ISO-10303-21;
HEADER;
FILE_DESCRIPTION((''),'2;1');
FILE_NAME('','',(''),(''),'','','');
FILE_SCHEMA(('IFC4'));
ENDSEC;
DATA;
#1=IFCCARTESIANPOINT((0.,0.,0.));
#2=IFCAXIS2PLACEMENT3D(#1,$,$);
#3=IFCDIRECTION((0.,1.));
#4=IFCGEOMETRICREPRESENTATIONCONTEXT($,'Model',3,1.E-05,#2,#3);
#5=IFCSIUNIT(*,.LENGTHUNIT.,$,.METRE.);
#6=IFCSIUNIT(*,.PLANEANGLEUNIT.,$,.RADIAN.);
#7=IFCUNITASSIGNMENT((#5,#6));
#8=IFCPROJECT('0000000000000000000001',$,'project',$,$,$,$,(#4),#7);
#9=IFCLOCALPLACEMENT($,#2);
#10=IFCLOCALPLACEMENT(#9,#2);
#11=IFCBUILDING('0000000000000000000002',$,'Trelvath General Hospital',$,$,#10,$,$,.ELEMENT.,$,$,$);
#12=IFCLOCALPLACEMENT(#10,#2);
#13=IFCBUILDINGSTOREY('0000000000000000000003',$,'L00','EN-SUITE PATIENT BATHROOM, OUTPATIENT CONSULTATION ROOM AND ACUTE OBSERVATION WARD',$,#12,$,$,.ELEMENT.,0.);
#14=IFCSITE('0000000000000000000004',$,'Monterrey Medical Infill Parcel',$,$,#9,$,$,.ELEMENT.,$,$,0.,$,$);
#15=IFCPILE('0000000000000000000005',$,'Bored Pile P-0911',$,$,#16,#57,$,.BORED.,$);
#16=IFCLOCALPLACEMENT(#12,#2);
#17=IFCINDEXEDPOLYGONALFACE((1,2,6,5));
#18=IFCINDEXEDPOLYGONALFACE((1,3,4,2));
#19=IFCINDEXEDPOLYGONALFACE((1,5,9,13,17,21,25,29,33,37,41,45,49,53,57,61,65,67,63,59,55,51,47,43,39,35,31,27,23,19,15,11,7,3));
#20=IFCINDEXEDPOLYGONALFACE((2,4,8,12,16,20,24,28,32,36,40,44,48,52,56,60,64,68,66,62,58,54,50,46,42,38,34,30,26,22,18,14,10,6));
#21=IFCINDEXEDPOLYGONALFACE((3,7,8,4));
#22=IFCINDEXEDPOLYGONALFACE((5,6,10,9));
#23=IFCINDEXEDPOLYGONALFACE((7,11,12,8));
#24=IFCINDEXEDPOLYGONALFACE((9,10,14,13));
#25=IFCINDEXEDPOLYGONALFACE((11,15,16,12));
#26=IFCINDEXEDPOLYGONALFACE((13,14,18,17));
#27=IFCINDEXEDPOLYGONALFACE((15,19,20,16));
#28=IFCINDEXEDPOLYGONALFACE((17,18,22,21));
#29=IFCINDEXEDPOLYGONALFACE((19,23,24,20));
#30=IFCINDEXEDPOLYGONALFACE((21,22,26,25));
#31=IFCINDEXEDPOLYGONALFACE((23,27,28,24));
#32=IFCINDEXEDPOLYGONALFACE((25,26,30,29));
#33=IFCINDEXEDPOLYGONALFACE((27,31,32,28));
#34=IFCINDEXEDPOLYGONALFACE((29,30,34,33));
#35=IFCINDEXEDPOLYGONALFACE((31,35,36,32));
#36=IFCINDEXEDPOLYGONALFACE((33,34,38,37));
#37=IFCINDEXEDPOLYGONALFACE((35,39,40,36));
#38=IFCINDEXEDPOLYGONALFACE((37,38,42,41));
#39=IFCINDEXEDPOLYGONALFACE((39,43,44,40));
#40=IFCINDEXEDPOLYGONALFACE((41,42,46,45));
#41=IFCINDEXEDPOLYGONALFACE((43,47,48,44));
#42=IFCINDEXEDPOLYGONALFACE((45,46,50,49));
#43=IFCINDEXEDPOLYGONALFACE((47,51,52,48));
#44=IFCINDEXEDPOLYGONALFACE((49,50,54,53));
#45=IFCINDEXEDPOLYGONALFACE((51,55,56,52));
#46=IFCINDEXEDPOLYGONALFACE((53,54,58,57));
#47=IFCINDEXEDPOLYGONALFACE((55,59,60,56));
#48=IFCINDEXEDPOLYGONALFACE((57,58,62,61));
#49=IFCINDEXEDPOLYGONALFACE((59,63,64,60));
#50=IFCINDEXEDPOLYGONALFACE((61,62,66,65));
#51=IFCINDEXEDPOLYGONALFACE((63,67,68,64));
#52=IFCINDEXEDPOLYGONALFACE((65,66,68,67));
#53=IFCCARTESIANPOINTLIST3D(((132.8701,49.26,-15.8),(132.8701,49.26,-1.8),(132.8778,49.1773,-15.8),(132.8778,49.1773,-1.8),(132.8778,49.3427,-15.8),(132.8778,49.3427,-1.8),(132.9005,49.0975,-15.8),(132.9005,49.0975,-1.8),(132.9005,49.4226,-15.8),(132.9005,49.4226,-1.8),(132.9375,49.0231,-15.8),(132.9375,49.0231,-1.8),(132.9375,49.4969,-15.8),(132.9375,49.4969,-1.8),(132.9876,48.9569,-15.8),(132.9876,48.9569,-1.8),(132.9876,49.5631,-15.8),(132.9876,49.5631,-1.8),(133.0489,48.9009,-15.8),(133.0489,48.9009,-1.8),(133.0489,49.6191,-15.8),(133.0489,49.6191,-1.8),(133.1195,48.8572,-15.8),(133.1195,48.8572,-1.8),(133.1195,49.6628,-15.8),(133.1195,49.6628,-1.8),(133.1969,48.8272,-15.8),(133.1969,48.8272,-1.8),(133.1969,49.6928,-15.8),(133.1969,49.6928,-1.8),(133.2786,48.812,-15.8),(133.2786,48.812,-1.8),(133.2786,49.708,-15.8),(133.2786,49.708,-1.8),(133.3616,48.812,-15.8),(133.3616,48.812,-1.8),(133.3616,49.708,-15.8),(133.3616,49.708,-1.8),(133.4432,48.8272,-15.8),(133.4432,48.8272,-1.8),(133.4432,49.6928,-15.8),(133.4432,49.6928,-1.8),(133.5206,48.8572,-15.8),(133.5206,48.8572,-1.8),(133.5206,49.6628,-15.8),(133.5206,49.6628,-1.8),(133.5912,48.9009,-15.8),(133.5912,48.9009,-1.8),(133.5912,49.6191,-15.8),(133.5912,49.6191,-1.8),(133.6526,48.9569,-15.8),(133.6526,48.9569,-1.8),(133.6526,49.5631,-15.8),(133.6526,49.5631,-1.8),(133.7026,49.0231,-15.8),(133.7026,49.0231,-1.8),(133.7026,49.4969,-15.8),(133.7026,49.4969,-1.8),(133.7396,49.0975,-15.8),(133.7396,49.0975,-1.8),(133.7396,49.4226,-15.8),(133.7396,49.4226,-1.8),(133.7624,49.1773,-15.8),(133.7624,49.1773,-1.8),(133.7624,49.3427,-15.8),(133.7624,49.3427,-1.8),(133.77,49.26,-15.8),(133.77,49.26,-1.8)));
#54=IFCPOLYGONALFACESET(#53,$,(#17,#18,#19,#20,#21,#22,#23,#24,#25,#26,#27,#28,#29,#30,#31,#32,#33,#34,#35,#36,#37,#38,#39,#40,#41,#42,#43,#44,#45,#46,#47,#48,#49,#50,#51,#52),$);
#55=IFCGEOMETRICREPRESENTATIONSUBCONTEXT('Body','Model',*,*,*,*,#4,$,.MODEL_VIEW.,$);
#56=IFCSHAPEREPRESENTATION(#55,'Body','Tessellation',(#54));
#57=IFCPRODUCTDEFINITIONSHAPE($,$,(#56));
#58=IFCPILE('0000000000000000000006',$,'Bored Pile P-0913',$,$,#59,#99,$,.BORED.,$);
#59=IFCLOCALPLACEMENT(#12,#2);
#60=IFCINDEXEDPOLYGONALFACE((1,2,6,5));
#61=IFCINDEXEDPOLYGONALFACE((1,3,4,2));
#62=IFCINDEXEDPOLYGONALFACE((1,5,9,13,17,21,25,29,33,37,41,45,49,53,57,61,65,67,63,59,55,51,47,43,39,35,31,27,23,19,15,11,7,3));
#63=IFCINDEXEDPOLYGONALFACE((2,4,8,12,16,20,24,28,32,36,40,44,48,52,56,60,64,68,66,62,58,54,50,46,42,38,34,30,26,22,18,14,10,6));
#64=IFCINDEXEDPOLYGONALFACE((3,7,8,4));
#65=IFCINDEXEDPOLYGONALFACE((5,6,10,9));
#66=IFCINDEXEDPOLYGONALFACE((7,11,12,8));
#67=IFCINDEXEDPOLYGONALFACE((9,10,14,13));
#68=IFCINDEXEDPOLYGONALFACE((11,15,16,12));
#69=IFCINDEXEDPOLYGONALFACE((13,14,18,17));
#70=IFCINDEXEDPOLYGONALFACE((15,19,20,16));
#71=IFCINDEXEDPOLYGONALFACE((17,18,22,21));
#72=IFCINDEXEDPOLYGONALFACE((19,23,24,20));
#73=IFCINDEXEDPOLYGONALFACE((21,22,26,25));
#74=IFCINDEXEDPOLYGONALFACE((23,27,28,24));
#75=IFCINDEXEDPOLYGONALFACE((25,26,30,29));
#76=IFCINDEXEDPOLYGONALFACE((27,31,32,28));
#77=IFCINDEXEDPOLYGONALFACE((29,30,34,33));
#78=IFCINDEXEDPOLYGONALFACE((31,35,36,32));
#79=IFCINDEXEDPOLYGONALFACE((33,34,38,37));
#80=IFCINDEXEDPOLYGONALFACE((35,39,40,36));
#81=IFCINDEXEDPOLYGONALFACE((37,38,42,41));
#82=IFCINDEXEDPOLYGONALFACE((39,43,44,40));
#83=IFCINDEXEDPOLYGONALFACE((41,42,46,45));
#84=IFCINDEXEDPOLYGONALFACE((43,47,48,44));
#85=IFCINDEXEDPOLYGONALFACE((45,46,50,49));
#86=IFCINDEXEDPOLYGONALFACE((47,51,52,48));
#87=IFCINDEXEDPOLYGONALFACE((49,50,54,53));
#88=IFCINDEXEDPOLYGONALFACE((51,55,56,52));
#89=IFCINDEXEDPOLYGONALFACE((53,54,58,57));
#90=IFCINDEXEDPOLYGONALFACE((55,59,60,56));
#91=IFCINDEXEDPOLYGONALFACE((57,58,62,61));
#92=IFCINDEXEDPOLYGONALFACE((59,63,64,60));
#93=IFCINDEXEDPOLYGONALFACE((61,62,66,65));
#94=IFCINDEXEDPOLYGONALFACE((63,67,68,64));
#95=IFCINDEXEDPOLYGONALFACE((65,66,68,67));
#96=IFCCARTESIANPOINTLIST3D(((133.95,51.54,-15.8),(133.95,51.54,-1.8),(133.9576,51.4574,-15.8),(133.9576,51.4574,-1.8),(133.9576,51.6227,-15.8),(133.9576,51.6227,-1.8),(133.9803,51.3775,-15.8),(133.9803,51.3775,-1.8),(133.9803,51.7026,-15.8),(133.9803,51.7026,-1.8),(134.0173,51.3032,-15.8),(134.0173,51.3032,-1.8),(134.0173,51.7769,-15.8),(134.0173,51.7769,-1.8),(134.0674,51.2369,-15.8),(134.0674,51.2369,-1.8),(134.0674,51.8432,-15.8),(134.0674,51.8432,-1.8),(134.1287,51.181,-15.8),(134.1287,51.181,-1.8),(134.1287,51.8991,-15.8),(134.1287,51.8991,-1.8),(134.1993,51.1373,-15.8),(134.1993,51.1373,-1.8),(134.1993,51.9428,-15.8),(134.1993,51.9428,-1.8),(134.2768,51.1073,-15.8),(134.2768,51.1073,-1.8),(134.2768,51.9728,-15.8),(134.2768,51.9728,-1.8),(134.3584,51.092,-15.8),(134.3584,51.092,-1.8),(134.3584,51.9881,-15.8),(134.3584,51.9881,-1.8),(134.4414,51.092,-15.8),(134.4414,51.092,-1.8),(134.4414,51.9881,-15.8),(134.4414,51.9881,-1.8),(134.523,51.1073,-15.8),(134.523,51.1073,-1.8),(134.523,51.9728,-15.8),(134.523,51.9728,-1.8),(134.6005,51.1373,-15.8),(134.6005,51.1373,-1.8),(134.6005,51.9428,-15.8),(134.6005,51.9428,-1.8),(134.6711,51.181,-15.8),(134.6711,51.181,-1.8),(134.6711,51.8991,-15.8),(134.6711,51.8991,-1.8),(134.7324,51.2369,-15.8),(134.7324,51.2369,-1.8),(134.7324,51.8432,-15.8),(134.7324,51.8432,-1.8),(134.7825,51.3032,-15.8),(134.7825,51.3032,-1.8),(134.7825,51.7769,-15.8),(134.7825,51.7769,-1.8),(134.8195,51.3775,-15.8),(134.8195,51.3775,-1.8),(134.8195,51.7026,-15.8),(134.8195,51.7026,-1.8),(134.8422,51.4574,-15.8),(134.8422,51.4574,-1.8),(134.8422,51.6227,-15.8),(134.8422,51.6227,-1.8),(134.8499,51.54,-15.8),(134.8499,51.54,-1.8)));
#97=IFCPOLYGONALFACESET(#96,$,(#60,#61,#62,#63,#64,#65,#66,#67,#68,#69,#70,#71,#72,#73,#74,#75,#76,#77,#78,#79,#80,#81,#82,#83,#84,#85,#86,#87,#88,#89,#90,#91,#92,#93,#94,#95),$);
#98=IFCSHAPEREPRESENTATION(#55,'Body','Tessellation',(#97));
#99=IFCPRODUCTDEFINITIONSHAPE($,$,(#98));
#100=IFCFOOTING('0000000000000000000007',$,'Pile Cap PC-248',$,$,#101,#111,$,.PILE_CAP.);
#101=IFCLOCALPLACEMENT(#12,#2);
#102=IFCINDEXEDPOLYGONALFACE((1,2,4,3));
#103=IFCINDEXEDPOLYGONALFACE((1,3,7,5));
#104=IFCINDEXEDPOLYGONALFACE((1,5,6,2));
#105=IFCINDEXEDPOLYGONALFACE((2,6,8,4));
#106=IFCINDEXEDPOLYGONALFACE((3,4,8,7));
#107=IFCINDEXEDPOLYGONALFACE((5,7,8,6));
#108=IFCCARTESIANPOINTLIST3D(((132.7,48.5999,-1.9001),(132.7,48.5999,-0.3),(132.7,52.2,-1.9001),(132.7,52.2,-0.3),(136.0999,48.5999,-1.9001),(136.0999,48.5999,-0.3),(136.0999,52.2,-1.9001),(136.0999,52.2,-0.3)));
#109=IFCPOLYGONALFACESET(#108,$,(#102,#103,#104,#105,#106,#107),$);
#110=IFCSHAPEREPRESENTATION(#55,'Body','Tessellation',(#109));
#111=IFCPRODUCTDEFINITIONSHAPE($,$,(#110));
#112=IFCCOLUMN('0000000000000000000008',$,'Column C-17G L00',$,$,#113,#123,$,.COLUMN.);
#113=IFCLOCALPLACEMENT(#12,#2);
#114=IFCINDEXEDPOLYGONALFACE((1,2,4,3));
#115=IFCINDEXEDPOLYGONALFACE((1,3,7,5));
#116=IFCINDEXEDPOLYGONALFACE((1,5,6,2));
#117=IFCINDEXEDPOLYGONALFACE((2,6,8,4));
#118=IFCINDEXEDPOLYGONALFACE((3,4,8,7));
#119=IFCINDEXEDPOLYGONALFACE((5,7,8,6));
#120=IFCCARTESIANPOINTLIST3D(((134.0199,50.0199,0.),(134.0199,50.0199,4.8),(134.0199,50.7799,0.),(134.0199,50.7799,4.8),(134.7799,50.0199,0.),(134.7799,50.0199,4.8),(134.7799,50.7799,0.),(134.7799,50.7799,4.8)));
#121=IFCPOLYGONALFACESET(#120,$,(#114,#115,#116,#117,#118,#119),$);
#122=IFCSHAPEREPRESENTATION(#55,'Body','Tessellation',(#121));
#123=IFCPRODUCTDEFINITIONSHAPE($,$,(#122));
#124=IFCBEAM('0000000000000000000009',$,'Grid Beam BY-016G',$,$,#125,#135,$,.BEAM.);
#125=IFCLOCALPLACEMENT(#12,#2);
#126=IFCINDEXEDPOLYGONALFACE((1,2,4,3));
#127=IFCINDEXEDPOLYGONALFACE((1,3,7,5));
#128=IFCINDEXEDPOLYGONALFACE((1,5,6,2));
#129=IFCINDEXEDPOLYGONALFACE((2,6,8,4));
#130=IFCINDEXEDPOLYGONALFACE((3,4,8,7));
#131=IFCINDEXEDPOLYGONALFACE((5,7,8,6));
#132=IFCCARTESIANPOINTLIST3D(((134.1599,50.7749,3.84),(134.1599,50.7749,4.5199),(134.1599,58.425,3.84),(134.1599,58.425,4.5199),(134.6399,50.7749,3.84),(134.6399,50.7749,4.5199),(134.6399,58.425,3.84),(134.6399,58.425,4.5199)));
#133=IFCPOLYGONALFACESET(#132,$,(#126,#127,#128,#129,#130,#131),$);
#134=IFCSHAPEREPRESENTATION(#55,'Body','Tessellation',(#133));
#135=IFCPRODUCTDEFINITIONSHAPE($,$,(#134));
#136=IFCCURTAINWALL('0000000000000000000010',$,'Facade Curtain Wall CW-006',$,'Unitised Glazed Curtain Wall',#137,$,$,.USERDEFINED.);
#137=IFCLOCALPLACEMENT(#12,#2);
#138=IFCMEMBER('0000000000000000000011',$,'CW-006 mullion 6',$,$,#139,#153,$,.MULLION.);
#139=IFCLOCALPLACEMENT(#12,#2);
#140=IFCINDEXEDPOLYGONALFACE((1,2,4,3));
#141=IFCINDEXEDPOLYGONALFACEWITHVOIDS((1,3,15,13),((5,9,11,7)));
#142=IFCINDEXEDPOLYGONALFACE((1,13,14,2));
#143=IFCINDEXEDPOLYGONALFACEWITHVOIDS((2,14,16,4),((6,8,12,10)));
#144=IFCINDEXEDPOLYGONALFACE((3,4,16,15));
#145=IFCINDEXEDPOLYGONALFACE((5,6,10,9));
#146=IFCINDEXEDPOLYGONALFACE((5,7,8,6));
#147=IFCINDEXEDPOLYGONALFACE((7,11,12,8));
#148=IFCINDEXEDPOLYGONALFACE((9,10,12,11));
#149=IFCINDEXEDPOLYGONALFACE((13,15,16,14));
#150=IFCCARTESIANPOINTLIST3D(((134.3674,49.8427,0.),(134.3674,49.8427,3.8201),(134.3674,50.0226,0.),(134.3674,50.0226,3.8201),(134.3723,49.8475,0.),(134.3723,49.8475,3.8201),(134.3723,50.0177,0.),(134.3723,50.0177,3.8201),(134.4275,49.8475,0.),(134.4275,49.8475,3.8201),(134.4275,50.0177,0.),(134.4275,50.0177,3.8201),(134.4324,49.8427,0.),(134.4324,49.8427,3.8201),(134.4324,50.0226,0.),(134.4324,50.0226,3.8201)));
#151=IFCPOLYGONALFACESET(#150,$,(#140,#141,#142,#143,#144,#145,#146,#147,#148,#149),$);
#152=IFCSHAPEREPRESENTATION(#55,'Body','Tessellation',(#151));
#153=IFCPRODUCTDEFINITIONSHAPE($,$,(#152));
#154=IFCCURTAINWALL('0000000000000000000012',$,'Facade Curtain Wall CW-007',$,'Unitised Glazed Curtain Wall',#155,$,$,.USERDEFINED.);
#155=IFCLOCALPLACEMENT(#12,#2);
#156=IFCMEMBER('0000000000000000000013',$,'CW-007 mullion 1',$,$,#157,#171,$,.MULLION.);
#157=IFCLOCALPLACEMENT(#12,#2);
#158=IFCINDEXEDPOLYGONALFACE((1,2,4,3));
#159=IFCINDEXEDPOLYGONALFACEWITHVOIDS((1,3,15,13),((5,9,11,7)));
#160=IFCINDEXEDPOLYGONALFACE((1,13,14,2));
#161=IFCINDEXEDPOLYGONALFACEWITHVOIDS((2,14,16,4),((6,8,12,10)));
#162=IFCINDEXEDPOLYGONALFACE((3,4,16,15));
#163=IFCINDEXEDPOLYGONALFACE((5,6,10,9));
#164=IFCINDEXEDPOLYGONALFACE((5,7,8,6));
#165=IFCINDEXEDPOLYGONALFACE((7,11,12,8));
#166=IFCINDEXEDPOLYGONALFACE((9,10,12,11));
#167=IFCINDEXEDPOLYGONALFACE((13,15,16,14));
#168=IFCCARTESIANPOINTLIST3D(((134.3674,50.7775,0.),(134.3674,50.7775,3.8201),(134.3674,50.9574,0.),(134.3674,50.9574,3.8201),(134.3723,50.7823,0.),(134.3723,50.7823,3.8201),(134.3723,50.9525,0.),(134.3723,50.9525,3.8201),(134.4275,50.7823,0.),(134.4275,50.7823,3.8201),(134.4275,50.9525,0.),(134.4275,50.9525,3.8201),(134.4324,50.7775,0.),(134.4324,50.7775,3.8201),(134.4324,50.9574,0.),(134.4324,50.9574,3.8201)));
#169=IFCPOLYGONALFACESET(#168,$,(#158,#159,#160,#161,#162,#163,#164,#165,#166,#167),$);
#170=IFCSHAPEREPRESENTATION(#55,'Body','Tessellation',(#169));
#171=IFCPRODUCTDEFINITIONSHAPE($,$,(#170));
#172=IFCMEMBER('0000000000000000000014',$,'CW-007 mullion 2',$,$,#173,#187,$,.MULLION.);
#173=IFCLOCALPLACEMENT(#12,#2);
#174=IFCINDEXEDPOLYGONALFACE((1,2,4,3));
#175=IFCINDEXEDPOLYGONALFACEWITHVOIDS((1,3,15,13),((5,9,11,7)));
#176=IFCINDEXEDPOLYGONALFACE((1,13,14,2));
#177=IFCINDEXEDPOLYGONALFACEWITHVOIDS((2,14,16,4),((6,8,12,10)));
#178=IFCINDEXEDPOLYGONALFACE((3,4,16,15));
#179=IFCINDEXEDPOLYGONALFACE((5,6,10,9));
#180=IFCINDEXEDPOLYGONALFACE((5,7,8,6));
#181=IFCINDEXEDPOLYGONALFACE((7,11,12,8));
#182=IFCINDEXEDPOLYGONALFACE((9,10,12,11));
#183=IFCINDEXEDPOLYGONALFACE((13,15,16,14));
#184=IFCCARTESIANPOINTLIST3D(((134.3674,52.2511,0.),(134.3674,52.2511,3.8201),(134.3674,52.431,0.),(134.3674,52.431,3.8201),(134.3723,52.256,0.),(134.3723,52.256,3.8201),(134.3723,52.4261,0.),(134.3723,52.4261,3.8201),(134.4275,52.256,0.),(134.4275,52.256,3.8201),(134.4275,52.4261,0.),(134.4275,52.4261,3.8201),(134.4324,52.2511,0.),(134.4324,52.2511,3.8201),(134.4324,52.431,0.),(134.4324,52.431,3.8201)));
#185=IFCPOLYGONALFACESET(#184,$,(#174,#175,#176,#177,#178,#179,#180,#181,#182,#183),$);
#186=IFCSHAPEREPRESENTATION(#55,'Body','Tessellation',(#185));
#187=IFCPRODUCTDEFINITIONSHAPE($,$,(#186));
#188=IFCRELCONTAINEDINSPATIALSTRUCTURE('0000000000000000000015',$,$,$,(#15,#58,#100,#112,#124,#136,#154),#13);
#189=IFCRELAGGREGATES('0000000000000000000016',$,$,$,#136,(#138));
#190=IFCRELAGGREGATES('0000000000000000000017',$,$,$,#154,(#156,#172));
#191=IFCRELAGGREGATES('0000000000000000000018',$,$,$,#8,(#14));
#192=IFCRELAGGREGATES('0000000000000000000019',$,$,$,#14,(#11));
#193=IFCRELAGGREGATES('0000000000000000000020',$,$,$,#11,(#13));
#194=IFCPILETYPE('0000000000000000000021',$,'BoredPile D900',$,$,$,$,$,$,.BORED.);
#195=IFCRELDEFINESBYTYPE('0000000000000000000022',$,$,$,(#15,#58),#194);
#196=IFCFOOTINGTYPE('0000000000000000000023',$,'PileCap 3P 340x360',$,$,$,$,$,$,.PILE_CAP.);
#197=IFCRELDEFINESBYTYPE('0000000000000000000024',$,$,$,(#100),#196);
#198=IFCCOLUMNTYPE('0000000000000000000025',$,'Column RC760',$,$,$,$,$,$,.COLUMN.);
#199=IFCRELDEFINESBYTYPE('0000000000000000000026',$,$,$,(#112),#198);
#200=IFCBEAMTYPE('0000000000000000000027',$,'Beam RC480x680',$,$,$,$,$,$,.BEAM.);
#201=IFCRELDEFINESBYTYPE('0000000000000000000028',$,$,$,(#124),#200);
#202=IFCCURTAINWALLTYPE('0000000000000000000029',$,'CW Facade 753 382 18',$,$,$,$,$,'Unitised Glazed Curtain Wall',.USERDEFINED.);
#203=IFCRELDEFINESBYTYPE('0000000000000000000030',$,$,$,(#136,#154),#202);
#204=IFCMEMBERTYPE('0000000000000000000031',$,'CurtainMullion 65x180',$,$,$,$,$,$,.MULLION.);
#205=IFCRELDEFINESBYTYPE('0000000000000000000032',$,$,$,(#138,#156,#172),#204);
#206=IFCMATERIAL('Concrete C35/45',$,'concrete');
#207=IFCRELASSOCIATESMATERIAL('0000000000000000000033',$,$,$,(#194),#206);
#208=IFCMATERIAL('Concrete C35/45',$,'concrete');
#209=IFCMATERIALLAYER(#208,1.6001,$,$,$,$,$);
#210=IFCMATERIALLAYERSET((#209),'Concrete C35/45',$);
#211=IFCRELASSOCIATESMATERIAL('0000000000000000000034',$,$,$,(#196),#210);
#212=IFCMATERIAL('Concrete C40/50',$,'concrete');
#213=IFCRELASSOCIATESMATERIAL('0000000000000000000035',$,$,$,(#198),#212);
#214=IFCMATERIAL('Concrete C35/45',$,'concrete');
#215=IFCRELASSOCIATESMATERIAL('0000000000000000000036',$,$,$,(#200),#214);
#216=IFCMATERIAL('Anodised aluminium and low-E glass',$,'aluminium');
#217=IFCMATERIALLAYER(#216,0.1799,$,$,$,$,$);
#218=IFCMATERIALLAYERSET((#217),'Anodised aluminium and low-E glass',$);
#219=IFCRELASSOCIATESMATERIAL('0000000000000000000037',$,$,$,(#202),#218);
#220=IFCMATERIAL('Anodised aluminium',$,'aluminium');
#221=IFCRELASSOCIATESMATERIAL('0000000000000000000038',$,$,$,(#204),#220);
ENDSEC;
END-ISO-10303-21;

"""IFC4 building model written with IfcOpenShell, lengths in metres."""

from ifc_helpers import new_model, si_unit, direction, frame, origin, origin_2d, place, context, subcontext, project, spatial, rectangle, hollow_rectangle, circle, extrude, material, layer, layer_set, material_profile, profile_set, type_object, element, aggregate, save


model = new_model("IFC4")

# Units and contexts
model_context = context("Model", 3, precision=1e-05, world=origin(), true_north=direction((0.0, 1.0)))
body_context = subcontext(model_context, "Body", "Model", "MODEL_VIEW")
ifc_project = project(units=[si_unit("LENGTHUNIT", "METRE"), si_unit("PLANEANGLEUNIT", "RADIAN")], contexts=[model_context])

# Site, building, storey
site_placement = place(None, origin())
site = spatial("IfcSite", under=ifc_project, at=site_placement, Name="Monterrey Medical Infill Parcel", CompositionType="ELEMENT", RefElevation=0.0)
building_placement = place(site_placement, origin())
building = spatial("IfcBuilding", under=site, at=building_placement, Name="Trelvath General Hospital", CompositionType="ELEMENT")
storey_placement = place(building_placement, origin())
storey = spatial("IfcBuildingStorey", under=building, at=storey_placement, Name="L00", Description="EN-SUITE PATIENT BATHROOM, OUTPATIENT CONSULTATION ROOM AND ACUTE OBSERVATION WARD", CompositionType="ELEMENT", Elevation=0.0)

# Piles
ifc_material_1 = material(Name="Concrete C35/45", Category="concrete")
ifc_material_profile_1 = material_profile(ifc_material_1, circle(Radius=0.45, at=origin_2d()), Name="PILE900")
ifc_profile_set_1 = profile_set([ifc_material_profile_1], Name="Concrete C35/45")
pile_type = type_object("IfcPileType", Name="BoredPile D900", PredefinedType="BORED", material=ifc_profile_set_1)
for number, where, z_axis, x_axis, name in (
    (1, (133.3201, 49.26, -1.8), (0.0, 0.0, -1.0), (1.0, 0.0, 0.0), "Bored Pile P-0911"),
    (2, (134.3999, 51.54, -1.8), (0.0, 0.0, -1.0), (1.0, 0.0, 0.0), "Bored Pile P-0913"),
):
    element("IfcPile", number, at=place(storey_placement, frame(where, z_axis=z_axis, x_axis=x_axis)), inside=storey, type_object=pile_type, Name=name, PredefinedType="BORED", context=body_context, shape_type="SweptSolid", body=[
        extrude(circle(Radius=0.45, at=origin_2d()), origin(), (0.0, 0.0, 1.0), 14.0),
    ])

# Footing
ifc_material_2 = material(Name="Concrete C35/45", Category="concrete")
ifc_layer_1 = layer(ifc_material_2, 1.6001)
ifc_layer_set_1 = layer_set([ifc_layer_1], Name="Concrete C35/45")
footing_type = type_object("IfcFootingType", Name="PileCap 3P 340x360", PredefinedType="PILE_CAP", material=ifc_layer_set_1)
footing_placement = place(storey_placement, frame((134.3999, 50.3999, -1.9001), z_axis=(0.0, 0.0, 1.0), x_axis=(1.0, 0.0, 0.0)))
element("IfcFooting", 3, at=footing_placement, inside=storey, type_object=footing_type, Name="Pile Cap PC-248", PredefinedType="PILE_CAP", context=body_context, shape_type="SweptSolid", body=[
    extrude(rectangle(XDim=3.3999, YDim=3.6001, at=origin_2d()), origin(), (0.0, 0.0, 1.0), 1.6001),
])

# Column
ifc_material_3 = material(Name="Concrete C40/50", Category="concrete")
ifc_material_profile_2 = material_profile(ifc_material_3, rectangle(XDim=0.76, YDim=0.76, at=origin_2d()), Name="RC760x760")
ifc_profile_set_2 = profile_set([ifc_material_profile_2], Name="Concrete C40/50")
column_type = type_object("IfcColumnType", Name="Column RC760", PredefinedType="COLUMN", material=ifc_profile_set_2)
column_placement = place(storey_placement, frame((134.3999, 50.3999, 0.0), z_axis=(0.0, 0.0, 1.0), x_axis=(1.0, 0.0, 0.0)))
element("IfcColumn", 4, at=column_placement, inside=storey, type_object=column_type, Name="Column C-17G L00", PredefinedType="COLUMN", context=body_context, shape_type="SweptSolid", body=[
    extrude(rectangle(XDim=0.76, YDim=0.76, at=origin_2d()), origin(), (0.0, 0.0, 1.0), 4.8),
])

# Beam
ifc_material_4 = material(Name="Concrete C35/45", Category="concrete")
ifc_material_profile_3 = material_profile(ifc_material_4, rectangle(XDim=0.48, YDim=0.6799, at=origin_2d()), Name="RCB480x680")
ifc_profile_set_3 = profile_set([ifc_material_profile_3], Name="Concrete C35/45")
beam_type = type_object("IfcBeamType", Name="Beam RC480x680", PredefinedType="BEAM", material=ifc_profile_set_3)
beam_placement = place(storey_placement, frame((134.3999, 50.7749, 4.1799), z_axis=(0.0, 1.0, 0.0), x_axis=(-1.0, 0.0, 0.0)))
element("IfcBeam", 5, at=beam_placement, inside=storey, type_object=beam_type, Name="Grid Beam BY-016G", PredefinedType="BEAM", context=body_context, shape_type="SweptSolid", body=[
    extrude(rectangle(XDim=0.48, YDim=0.6799, at=origin_2d()), origin(), (0.0, 0.0, 1.0), 7.6501),
])

# Curtain wall, member
ifc_material_5 = material(Name="Anodised aluminium and low-E glass", Category="aluminium")
ifc_layer_2 = layer(ifc_material_5, 0.1799)
ifc_layer_set_2 = layer_set([ifc_layer_2], Name="Anodised aluminium and low-E glass")
curtain_wall_type = type_object("IfcCurtainWallType", Name="CW Facade 753 382 18", ElementType="Unitised Glazed Curtain Wall", PredefinedType="USERDEFINED", material=ifc_layer_set_2)
curtain_wall_1_placement = place(storey_placement, origin())
curtain_wall_1 = element("IfcCurtainWall", 6, at=curtain_wall_1_placement, inside=storey, type_object=curtain_wall_type, Name="Facade Curtain Wall CW-006", ObjectType="Unitised Glazed Curtain Wall", PredefinedType="USERDEFINED")
ifc_material_6 = material(Name="Anodised aluminium", Category="aluminium")
ifc_material_profile_4 = material_profile(ifc_material_6, hollow_rectangle(XDim=0.0649, YDim=0.1799, WallThickness=0.0049, at=origin_2d()), Name="RHS65x180x5")
ifc_profile_set_4 = profile_set([ifc_material_profile_4], Name="Anodised aluminium")
member_type_1 = type_object("IfcMemberType", Name="CurtainMullion 65x180", PredefinedType="MULLION", material=ifc_profile_set_4)
member_1_placement = place(storey_placement, frame((134.3999, 49.9326, 0.0), z_axis=(0.0, 0.0, 1.0), x_axis=(-1.0, 0.0, 0.0)))
member_1 = element("IfcMember", 7, at=member_1_placement, type_object=member_type_1, Name="CW-006 mullion 6", PredefinedType="MULLION", context=body_context, shape_type="SweptSolid", body=[
    extrude(hollow_rectangle(XDim=0.0649, YDim=0.1799, WallThickness=0.0049, at=origin_2d()), origin(), (0.0, 0.0, 1.0), 3.8201),
])

# Curtain wall, members
curtain_wall_2_placement = place(storey_placement, origin())
curtain_wall_2 = element("IfcCurtainWall", 8, at=curtain_wall_2_placement, inside=storey, type_object=curtain_wall_type, Name="Facade Curtain Wall CW-007", ObjectType="Unitised Glazed Curtain Wall", PredefinedType="USERDEFINED")
member_2_placement = place(storey_placement, frame((134.3999, 50.8674, 0.0), z_axis=(0.0, 0.0, 1.0), x_axis=(-1.0, 0.0, 0.0)))
member_2 = element("IfcMember", 9, at=member_2_placement, type_object=member_type_1, Name="CW-007 mullion 1", PredefinedType="MULLION", context=body_context, shape_type="SweptSolid", body=[
    extrude(hollow_rectangle(XDim=0.0649, YDim=0.1799, WallThickness=0.0049, at=origin_2d()), origin(), (0.0, 0.0, 1.0), 3.8201),
])
member_3_placement = place(storey_placement, frame((134.3999, 52.3411, 0.0), z_axis=(0.0, 0.0, 1.0), x_axis=(-1.0, 0.0, 0.0)))
member_3 = element("IfcMember", 10, at=member_3_placement, type_object=member_type_1, Name="CW-007 mullion 2", PredefinedType="MULLION", context=body_context, shape_type="SweptSolid", body=[
    extrude(hollow_rectangle(XDim=0.0649, YDim=0.1799, WallThickness=0.0049, at=origin_2d()), origin(), (0.0, 0.0, 1.0), 3.8201),
])

aggregate(curtain_wall_1, [member_1])
aggregate(curtain_wall_2, [member_2, member_3])

save(model, "model.ifc")
